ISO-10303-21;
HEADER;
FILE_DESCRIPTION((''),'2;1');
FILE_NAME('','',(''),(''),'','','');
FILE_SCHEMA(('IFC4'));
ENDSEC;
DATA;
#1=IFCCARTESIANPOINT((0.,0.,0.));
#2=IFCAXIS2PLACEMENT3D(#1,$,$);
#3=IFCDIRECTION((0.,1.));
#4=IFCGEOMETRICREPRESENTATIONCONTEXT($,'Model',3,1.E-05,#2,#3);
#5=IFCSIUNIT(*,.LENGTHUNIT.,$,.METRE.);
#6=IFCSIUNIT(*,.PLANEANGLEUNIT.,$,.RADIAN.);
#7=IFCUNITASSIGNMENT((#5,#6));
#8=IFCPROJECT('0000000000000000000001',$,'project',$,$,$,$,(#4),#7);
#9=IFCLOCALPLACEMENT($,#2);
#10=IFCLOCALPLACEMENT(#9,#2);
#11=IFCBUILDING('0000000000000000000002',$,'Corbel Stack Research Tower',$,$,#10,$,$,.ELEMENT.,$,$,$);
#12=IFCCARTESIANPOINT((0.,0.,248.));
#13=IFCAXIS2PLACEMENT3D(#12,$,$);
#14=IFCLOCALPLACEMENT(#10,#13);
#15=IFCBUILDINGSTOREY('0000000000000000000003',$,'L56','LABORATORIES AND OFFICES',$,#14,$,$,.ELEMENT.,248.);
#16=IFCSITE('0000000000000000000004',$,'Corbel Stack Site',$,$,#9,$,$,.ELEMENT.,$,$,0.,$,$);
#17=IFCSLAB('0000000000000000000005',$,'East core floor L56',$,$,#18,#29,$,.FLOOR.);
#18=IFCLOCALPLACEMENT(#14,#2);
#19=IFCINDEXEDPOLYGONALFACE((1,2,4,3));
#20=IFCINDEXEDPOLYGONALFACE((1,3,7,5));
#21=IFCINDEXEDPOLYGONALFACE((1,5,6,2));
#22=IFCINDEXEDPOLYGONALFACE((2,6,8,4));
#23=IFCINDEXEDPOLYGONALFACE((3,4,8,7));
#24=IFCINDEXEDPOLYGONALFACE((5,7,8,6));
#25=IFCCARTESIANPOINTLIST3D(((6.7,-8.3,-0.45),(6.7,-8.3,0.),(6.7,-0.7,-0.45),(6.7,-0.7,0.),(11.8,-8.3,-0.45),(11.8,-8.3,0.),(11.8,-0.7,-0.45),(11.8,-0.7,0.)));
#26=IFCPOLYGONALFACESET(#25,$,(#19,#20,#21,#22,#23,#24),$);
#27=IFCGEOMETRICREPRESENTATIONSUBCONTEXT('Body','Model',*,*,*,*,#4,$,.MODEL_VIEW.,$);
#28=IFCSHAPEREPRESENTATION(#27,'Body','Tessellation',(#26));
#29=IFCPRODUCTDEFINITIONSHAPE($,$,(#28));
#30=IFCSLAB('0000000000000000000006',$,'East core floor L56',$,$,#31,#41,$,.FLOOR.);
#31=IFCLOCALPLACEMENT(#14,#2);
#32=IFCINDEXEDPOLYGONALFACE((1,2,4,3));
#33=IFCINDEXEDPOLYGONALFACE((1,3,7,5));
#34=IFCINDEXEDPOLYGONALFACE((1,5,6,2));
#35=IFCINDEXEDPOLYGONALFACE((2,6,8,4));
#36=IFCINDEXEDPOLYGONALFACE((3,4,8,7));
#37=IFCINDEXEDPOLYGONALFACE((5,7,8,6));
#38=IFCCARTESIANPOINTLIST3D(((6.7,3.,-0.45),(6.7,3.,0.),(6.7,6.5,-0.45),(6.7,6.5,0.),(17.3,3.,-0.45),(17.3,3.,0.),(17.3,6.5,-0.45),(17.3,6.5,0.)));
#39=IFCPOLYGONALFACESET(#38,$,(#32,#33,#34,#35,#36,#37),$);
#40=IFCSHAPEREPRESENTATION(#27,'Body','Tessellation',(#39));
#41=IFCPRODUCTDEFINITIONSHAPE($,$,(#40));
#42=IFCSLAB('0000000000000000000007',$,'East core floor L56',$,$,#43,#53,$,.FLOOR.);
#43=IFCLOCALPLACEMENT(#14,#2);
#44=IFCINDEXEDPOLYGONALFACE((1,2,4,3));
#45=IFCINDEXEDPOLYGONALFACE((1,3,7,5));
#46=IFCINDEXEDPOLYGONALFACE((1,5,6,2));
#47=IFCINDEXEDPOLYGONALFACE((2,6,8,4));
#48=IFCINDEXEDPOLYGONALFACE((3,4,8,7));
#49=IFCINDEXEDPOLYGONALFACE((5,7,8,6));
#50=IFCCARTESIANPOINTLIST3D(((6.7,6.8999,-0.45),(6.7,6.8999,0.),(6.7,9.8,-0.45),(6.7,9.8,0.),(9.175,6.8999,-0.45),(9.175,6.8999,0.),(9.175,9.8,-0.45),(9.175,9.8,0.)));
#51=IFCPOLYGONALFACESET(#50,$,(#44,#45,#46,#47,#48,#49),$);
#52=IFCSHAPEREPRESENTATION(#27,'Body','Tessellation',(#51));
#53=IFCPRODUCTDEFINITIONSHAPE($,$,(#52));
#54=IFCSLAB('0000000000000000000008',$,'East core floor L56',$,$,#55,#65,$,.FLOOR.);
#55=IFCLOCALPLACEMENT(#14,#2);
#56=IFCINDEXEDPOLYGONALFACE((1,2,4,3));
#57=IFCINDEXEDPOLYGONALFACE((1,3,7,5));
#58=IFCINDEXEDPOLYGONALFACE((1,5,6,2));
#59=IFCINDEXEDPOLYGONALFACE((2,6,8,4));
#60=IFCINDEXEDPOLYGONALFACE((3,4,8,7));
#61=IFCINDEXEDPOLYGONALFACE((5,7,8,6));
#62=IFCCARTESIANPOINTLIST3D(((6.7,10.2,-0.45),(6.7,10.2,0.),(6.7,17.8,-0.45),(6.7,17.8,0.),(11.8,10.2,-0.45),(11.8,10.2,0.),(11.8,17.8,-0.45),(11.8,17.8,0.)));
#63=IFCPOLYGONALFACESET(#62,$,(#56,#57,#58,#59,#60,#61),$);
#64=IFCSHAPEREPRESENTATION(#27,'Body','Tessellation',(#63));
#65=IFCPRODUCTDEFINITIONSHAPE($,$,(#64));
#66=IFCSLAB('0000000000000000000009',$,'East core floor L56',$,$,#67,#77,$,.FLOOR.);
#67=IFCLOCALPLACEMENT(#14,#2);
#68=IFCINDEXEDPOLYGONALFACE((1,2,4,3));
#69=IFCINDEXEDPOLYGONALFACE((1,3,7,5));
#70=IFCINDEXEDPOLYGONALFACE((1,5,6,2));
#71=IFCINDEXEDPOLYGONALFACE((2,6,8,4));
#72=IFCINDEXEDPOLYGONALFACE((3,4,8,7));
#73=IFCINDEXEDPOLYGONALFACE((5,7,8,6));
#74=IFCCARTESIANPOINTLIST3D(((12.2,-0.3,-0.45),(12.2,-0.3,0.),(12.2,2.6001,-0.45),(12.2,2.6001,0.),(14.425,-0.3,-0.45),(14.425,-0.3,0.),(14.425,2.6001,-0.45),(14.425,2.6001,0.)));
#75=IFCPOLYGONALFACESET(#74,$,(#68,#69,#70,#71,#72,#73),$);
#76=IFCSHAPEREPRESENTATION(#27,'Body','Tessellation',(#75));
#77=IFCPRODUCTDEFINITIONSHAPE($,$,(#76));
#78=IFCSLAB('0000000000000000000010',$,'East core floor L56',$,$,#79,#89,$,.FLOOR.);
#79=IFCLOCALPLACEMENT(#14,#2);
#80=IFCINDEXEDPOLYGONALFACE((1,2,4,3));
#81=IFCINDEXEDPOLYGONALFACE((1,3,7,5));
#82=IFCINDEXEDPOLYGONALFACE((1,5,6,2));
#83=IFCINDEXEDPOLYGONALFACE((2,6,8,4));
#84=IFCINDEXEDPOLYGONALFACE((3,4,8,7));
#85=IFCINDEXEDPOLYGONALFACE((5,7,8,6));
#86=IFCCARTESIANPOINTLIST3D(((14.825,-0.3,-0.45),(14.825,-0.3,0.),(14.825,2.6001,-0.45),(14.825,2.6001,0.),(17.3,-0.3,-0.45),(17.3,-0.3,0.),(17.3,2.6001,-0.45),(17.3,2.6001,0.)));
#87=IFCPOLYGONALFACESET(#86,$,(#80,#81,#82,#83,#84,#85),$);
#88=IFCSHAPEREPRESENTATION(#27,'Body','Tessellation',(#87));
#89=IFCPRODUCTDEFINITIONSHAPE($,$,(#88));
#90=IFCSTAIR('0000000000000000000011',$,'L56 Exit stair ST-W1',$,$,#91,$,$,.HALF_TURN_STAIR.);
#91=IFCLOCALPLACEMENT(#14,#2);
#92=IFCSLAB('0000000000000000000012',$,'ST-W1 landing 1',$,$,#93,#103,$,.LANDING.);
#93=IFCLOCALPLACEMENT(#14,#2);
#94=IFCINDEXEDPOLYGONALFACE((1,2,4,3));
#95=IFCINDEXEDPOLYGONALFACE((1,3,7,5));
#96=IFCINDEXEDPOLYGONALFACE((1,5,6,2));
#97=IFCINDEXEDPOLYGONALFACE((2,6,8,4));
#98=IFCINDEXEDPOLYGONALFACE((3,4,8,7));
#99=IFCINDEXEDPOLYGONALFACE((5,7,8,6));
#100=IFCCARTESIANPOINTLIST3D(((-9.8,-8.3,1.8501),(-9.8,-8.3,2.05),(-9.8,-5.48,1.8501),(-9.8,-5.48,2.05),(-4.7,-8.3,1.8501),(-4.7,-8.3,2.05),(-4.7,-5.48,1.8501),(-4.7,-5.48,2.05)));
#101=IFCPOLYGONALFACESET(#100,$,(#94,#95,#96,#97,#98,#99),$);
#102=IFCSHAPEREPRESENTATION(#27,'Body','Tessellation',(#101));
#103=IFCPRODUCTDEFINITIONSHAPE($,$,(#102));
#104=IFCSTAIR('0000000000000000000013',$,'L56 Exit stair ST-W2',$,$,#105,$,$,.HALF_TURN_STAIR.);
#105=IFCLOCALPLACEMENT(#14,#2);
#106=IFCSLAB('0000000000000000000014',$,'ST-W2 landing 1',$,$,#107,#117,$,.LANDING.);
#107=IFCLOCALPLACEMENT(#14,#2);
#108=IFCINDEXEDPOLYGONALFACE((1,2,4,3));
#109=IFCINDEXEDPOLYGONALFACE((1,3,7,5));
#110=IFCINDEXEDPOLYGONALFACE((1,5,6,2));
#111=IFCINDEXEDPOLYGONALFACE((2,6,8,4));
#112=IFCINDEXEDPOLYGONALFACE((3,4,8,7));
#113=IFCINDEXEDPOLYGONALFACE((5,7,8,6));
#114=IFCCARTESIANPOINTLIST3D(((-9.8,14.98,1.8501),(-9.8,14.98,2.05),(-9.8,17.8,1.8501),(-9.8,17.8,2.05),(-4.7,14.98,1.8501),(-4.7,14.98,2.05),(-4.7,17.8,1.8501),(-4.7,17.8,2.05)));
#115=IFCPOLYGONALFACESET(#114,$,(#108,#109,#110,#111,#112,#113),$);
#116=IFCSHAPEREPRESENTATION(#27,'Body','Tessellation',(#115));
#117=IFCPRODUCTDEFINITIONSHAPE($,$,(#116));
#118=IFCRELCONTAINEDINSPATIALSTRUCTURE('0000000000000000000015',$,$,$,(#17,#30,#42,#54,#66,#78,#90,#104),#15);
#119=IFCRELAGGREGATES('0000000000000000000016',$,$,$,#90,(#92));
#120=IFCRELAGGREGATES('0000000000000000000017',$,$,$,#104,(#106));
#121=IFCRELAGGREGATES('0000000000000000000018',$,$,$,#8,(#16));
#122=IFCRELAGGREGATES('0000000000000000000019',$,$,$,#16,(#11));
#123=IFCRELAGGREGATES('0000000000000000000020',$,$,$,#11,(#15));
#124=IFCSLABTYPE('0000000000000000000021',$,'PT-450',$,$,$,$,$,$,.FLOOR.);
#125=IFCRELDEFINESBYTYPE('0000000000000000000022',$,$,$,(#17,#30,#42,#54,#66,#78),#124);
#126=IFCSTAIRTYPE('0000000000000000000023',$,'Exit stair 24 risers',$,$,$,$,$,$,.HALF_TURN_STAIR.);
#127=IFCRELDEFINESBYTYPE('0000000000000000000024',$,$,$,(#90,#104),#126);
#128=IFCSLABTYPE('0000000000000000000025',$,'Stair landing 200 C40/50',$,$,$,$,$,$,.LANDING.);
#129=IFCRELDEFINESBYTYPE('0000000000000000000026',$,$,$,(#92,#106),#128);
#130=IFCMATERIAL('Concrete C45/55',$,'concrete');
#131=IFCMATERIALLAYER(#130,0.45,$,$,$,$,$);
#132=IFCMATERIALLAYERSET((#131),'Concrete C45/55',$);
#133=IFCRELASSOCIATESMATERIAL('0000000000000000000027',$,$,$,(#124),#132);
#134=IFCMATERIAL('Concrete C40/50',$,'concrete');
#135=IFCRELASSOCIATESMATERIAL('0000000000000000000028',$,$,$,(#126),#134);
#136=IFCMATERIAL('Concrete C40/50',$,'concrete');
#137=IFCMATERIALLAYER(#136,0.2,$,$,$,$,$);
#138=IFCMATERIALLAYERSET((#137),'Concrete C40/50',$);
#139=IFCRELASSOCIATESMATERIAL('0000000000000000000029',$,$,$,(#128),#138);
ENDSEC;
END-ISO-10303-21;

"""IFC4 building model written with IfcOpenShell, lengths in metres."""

from ifc_helpers import new_model, si_unit, direction, frame, origin, place, context, subcontext, project, spatial, polyline, outline, extrude, material, layer, layer_set, type_object, element, aggregate, save


model = new_model("IFC4")

# Units and contexts
model_context = context("Model", 3, precision=1e-05, world=origin(), true_north=direction((0.0, 1.0)))
body_context = subcontext(model_context, "Body", "Model", "MODEL_VIEW")
ifc_project = project(units=[si_unit("LENGTHUNIT", "METRE"), si_unit("PLANEANGLEUNIT", "RADIAN")], contexts=[model_context])

# Site, building, storey
site_placement = place(None, origin())
site = spatial("IfcSite", under=ifc_project, at=site_placement, Name="Corbel Stack Site", CompositionType="ELEMENT", RefElevation=0.0)
building_placement = place(site_placement, origin())
building = spatial("IfcBuilding", under=site, at=building_placement, Name="Corbel Stack Research Tower", CompositionType="ELEMENT")
storey_placement = place(building_placement, frame((0.0, 0.0, 248.0)))
storey = spatial("IfcBuildingStorey", under=building, at=storey_placement, Name="L56", Description="LABORATORIES AND OFFICES", CompositionType="ELEMENT", Elevation=248.0)

# Slabs
ifc_material_1 = material(Name="Concrete C45/55", Category="concrete")
ifc_layer_1 = layer(ifc_material_1, 0.45)
ifc_layer_set_1 = layer_set([ifc_layer_1], Name="Concrete C45/55")
slab_type_1 = type_object("IfcSlabType", Name="PT-450", PredefinedType="FLOOR", material=ifc_layer_set_1)
slab_1_placement = place(storey_placement, frame((0.0, 0.0, -0.45)))
element("IfcSlab", 1, at=slab_1_placement, inside=storey, type_object=slab_type_1, Name="East core floor L56", PredefinedType="FLOOR", context=body_context, shape_type="SweptSolid", body=[
    extrude(outline(polyline([(6.7, -8.3), (11.8, -8.3), (11.8, -0.7), (6.7, -0.7), (6.7, -8.3)])), origin(), (0.0, 0.0, 1.0), 0.45),
])
slab_2_placement = place(storey_placement, frame((0.0, 0.0, -0.45)))
element("IfcSlab", 2, at=slab_2_placement, inside=storey, type_object=slab_type_1, Name="East core floor L56", PredefinedType="FLOOR", context=body_context, shape_type="SweptSolid", body=[
    extrude(outline(polyline([(6.7, 3.0), (17.3, 3.0), (17.3, 6.5), (6.7, 6.5), (6.7, 3.0)])), origin(), (0.0, 0.0, 1.0), 0.45),
])
slab_3_placement = place(storey_placement, frame((0.0, 0.0, -0.45)))
element("IfcSlab", 3, at=slab_3_placement, inside=storey, type_object=slab_type_1, Name="East core floor L56", PredefinedType="FLOOR", context=body_context, shape_type="SweptSolid", body=[
    extrude(outline(polyline([(6.7, 6.8999), (9.175, 6.8999), (9.175, 9.8), (6.7, 9.8), (6.7, 6.8999)])), origin(), (0.0, 0.0, 1.0), 0.45),
])
slab_4_placement = place(storey_placement, frame((0.0, 0.0, -0.45)))
element("IfcSlab", 4, at=slab_4_placement, inside=storey, type_object=slab_type_1, Name="East core floor L56", PredefinedType="FLOOR", context=body_context, shape_type="SweptSolid", body=[
    extrude(outline(polyline([(6.7, 10.2), (11.8, 10.2), (11.8, 17.8), (6.7, 17.8), (6.7, 10.2)])), origin(), (0.0, 0.0, 1.0), 0.45),
])
slab_5_placement = place(storey_placement, frame((0.0, 0.0, -0.45)))
element("IfcSlab", 5, at=slab_5_placement, inside=storey, type_object=slab_type_1, Name="East core floor L56", PredefinedType="FLOOR", context=body_context, shape_type="SweptSolid", body=[
    extrude(outline(polyline([(12.2, 2.6001), (12.2, -0.3), (14.425, -0.3), (14.425, 2.6001), (12.2, 2.6001)])), origin(), (0.0, 0.0, 1.0), 0.45),
])
slab_6_placement = place(storey_placement, frame((0.0, 0.0, -0.45)))
element("IfcSlab", 6, at=slab_6_placement, inside=storey, type_object=slab_type_1, Name="East core floor L56", PredefinedType="FLOOR", context=body_context, shape_type="SweptSolid", body=[
    extrude(outline(polyline([(14.825, 2.6001), (14.825, -0.3), (17.3, -0.3), (17.3, 2.6001), (14.825, 2.6001)])), origin(), (0.0, 0.0, 1.0), 0.45),
])

# Stairs, slabs
ifc_material_2 = material(Name="Concrete C40/50", Category="concrete")
stair_type = type_object("IfcStairType", Name="Exit stair 24 risers", PredefinedType="HALF_TURN_STAIR", material=ifc_material_2)
stair_1_placement = place(storey_placement, origin())
stair_1 = element("IfcStair", 7, at=stair_1_placement, inside=storey, type_object=stair_type, Name="L56 Exit stair ST-W1", PredefinedType="HALF_TURN_STAIR")
ifc_material_3 = material(Name="Concrete C40/50", Category="concrete")
ifc_layer_2 = layer(ifc_material_3, 0.2)
ifc_layer_set_2 = layer_set([ifc_layer_2], Name="Concrete C40/50")
slab_type_2 = type_object("IfcSlabType", Name="Stair landing 200 C40/50", PredefinedType="LANDING", material=ifc_layer_set_2)
slab_7_placement = place(storey_placement, frame((0.0, 0.0, 1.8501)))
slab_7 = element("IfcSlab", 8, at=slab_7_placement, type_object=slab_type_2, Name="ST-W1 landing 1", PredefinedType="LANDING", context=body_context, shape_type="SweptSolid", body=[
    extrude(outline(polyline([(-9.8, -8.3), (-9.8, -5.48), (-4.7, -5.48), (-4.7, -8.3), (-9.8, -8.3)])), origin(), (0.0, 0.0, 1.0), 0.2),
])
aggregate(stair_1, [slab_7])
stair_2_placement = place(storey_placement, origin())
stair_2 = element("IfcStair", 9, at=stair_2_placement, inside=storey, type_object=stair_type, Name="L56 Exit stair ST-W2", PredefinedType="HALF_TURN_STAIR")
slab_8_placement = place(storey_placement, frame((0.0, 0.0, 1.8501)))
slab_8 = element("IfcSlab", 10, at=slab_8_placement, type_object=slab_type_2, Name="ST-W2 landing 1", PredefinedType="LANDING", context=body_context, shape_type="SweptSolid", body=[
    extrude(outline(polyline([(-9.8, 14.98), (-9.8, 17.8), (-4.7, 17.8), (-4.7, 14.98), (-9.8, 14.98)])), origin(), (0.0, 0.0, 1.0), 0.2),
])
aggregate(stair_2, [slab_8])

save(model, "model.ifc")
